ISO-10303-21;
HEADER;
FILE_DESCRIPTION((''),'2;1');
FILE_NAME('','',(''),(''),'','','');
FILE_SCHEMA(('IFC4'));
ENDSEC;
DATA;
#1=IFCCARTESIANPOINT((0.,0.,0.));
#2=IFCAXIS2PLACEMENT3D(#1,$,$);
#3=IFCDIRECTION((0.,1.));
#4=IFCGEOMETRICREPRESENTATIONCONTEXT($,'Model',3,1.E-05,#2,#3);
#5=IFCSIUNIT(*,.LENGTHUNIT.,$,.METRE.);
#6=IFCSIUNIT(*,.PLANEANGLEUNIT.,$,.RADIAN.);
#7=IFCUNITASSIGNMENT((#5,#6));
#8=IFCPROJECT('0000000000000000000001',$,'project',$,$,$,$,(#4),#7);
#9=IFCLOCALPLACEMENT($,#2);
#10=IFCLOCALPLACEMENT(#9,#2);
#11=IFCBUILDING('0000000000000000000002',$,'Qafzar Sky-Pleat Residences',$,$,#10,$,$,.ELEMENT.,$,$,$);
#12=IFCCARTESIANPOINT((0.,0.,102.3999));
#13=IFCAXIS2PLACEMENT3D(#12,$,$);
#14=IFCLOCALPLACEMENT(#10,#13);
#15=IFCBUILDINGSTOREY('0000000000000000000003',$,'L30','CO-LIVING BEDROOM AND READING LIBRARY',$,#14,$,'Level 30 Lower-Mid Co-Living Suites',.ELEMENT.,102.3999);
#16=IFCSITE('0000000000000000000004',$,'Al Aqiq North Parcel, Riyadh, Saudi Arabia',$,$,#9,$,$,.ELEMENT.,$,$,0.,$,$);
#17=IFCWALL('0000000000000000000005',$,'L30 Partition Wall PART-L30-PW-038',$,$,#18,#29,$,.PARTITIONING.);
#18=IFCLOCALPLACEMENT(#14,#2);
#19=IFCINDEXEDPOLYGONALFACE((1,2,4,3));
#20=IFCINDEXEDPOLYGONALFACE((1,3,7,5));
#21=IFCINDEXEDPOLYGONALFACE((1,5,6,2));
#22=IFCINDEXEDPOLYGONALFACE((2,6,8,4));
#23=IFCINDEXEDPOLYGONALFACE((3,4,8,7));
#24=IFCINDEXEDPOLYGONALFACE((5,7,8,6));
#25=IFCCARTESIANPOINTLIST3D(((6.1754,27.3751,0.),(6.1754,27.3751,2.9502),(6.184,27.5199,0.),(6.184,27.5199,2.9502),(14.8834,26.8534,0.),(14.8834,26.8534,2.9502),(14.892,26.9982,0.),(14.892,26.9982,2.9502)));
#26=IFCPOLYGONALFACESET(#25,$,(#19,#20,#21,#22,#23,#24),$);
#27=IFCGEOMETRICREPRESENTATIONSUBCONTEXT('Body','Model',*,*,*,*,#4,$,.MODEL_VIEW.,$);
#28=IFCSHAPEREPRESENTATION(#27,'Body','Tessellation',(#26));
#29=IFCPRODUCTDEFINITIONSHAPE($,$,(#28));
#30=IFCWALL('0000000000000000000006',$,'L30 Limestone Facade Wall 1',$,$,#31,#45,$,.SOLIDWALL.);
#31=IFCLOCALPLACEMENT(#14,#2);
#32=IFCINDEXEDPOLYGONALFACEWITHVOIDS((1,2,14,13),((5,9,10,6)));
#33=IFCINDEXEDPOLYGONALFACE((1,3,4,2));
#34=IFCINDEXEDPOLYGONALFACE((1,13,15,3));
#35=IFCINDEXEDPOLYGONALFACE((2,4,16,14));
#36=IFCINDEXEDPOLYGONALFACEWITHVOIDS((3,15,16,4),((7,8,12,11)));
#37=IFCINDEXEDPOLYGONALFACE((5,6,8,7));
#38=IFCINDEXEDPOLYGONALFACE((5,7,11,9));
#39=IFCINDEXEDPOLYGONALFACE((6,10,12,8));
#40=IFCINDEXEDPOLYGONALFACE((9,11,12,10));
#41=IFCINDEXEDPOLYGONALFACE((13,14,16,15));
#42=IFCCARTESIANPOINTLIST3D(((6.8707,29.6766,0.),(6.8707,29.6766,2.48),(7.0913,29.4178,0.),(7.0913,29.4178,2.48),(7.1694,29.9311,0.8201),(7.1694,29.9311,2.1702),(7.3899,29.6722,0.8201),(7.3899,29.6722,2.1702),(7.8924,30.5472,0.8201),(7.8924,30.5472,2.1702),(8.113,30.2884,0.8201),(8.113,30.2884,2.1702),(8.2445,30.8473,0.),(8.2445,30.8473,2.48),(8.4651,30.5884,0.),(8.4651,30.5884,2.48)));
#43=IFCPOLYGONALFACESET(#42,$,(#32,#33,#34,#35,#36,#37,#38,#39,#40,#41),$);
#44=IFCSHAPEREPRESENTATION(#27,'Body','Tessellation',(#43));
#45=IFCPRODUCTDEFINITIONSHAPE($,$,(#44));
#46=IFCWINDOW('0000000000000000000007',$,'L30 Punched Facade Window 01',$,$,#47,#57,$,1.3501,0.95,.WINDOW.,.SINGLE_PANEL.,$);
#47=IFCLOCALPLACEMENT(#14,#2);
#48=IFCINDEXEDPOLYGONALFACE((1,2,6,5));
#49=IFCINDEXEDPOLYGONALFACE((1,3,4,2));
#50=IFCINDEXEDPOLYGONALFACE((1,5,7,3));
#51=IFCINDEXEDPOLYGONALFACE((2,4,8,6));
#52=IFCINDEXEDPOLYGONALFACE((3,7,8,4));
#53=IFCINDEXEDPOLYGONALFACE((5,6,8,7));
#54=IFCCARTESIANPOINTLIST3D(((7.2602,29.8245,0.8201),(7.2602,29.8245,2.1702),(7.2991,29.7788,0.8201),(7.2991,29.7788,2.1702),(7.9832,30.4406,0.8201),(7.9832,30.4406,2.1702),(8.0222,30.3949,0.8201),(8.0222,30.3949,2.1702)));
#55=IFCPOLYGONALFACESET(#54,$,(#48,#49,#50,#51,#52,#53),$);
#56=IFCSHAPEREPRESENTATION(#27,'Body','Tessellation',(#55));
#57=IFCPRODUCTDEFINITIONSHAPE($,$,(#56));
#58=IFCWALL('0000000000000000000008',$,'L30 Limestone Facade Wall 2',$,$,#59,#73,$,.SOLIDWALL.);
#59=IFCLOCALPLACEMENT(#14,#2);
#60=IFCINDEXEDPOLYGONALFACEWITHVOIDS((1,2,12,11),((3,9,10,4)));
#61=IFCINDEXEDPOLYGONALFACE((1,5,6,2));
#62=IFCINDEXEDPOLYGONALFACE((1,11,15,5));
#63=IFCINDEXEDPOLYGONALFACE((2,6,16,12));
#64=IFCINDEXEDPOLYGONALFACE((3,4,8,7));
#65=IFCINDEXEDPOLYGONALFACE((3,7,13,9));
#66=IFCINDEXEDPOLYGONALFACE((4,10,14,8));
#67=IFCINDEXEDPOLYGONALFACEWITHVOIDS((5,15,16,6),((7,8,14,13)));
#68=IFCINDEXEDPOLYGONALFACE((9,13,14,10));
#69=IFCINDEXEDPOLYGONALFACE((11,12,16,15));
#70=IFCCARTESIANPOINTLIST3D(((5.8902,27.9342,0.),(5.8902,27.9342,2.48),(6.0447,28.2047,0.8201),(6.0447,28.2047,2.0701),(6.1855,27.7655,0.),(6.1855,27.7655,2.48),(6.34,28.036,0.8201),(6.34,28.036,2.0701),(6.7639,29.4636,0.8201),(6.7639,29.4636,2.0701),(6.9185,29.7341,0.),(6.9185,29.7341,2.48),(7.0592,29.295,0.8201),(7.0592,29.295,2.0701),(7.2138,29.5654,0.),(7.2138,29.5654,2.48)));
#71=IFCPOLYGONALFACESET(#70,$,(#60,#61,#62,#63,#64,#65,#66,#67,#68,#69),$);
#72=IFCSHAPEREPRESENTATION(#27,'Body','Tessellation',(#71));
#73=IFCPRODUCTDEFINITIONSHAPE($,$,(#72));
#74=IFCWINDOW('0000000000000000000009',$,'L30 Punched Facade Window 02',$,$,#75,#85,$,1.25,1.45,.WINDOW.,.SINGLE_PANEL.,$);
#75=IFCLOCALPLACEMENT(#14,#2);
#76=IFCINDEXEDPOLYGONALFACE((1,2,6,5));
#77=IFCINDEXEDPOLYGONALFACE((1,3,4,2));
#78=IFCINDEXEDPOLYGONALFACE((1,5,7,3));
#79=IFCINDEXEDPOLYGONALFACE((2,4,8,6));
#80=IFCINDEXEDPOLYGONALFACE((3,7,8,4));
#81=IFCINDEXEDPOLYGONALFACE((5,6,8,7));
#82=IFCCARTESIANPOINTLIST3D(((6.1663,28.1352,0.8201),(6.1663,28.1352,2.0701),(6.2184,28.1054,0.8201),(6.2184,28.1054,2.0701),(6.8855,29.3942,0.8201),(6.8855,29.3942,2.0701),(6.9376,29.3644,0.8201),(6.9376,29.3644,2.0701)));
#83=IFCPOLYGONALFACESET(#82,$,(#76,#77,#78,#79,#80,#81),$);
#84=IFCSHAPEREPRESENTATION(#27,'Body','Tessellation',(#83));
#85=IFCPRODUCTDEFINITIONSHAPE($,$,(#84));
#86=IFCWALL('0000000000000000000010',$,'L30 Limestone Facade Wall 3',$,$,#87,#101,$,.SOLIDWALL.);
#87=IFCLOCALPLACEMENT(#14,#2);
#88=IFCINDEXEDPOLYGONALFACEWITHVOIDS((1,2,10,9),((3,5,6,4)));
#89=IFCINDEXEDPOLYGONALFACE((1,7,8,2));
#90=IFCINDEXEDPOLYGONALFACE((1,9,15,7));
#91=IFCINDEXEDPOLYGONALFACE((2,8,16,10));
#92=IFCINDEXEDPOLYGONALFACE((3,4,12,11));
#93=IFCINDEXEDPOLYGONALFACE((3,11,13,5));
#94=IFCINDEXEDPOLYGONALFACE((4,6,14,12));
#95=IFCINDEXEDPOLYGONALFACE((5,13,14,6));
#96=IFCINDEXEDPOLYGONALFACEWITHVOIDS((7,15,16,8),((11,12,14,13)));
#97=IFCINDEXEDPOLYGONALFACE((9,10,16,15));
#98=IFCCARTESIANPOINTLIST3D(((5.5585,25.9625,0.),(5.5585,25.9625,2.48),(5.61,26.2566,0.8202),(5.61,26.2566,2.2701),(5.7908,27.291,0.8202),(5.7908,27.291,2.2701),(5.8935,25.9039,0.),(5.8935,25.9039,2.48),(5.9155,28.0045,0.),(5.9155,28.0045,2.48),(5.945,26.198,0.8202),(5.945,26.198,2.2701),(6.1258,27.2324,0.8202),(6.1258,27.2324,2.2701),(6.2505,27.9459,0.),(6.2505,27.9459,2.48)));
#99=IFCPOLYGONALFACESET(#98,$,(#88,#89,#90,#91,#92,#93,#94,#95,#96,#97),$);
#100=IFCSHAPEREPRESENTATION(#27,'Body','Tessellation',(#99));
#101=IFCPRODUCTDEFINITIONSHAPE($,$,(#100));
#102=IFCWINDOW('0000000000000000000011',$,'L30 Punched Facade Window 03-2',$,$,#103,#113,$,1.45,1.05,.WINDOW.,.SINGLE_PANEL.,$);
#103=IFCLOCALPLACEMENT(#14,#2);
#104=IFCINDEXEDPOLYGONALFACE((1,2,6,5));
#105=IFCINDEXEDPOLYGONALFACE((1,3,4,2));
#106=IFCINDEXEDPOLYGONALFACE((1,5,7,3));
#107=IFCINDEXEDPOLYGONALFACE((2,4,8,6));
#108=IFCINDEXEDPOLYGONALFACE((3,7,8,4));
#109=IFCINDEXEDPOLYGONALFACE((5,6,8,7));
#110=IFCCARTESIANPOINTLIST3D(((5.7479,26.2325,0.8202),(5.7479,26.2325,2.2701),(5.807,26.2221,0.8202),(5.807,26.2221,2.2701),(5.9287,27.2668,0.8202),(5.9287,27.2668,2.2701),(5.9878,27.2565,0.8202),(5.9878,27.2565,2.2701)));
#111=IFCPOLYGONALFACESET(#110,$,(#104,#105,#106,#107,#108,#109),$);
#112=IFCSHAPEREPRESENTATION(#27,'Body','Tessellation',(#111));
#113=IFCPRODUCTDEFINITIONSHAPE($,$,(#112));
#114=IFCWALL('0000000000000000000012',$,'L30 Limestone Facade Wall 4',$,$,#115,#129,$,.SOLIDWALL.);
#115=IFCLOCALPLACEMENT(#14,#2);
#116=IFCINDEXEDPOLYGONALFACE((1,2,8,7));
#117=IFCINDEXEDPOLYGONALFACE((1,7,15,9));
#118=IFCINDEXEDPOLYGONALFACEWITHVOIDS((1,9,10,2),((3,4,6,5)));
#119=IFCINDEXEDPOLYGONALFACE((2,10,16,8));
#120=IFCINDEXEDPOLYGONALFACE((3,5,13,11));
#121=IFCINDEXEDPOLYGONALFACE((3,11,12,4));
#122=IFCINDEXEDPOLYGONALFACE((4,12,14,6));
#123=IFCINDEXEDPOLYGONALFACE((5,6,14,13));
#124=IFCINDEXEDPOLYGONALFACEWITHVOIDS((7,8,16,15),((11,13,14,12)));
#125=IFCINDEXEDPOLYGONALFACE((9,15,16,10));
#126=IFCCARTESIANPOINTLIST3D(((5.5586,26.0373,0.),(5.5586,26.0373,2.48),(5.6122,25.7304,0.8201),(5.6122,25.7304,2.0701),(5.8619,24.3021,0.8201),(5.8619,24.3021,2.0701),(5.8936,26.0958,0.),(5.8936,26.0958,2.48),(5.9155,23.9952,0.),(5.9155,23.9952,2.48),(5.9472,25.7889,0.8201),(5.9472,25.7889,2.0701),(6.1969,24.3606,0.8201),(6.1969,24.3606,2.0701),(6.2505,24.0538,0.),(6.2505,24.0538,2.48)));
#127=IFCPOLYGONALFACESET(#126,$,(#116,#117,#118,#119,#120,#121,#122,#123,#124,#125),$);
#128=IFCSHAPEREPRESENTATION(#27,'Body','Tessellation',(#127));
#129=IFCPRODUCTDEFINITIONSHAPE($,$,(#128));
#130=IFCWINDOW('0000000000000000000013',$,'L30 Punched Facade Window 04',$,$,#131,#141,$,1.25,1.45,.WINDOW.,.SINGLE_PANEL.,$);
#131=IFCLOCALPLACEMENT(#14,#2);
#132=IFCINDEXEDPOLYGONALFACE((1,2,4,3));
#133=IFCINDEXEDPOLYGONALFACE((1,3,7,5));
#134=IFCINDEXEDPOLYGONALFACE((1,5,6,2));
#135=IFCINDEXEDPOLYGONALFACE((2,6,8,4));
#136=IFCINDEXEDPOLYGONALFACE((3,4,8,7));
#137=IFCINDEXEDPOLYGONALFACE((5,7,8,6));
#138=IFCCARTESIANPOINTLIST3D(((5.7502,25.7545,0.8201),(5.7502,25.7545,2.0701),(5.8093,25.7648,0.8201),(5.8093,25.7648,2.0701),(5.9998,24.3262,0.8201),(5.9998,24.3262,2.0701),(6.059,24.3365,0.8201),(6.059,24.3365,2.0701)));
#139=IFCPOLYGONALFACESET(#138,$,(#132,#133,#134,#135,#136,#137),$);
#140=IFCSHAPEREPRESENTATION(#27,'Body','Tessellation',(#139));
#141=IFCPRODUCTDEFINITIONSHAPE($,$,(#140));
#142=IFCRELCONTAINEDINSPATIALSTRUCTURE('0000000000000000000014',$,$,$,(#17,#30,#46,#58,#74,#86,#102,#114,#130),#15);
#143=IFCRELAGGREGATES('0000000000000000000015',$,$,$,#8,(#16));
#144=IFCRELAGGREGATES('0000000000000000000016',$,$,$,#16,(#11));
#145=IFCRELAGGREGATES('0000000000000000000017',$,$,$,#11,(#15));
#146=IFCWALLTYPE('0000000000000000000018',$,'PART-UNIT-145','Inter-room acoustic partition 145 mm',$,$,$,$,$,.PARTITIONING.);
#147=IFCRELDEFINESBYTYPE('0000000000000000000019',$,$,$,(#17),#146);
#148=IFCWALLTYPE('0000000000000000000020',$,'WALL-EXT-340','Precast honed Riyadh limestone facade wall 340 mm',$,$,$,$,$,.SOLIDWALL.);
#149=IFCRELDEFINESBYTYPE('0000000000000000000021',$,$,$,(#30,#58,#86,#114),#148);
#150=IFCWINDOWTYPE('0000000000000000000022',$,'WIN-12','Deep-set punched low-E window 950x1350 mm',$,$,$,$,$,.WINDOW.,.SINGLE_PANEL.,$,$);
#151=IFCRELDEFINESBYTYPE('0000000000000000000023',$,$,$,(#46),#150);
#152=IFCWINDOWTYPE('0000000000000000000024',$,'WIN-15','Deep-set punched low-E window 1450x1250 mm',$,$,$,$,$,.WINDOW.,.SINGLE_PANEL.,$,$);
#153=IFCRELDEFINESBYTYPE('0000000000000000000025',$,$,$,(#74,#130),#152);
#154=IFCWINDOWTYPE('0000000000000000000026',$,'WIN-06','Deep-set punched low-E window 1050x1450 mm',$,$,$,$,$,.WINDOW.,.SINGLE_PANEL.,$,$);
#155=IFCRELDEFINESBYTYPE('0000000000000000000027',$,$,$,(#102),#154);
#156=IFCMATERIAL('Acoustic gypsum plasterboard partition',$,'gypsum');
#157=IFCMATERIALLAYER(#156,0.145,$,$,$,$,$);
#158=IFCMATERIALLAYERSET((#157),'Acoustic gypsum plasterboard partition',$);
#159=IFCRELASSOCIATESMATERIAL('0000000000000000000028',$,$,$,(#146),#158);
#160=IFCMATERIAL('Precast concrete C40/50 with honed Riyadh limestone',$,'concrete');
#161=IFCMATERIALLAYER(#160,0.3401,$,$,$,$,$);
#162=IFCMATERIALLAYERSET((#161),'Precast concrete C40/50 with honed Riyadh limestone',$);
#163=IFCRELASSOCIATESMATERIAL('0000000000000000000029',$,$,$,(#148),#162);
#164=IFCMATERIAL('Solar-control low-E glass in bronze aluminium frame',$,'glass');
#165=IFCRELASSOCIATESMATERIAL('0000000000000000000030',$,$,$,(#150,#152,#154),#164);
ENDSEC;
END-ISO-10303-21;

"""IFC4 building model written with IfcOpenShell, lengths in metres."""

from ifc_helpers import new_model, si_unit, direction, frame, frame_2d, origin, place, context, subcontext, project, spatial, rectangle, extrude, source, transform, mapped, material, layer, layer_set, type_object, element, fill, save


model = new_model("IFC4")

# Units and contexts
model_context = context("Model", 3, precision=1e-05, world=origin(), true_north=direction((0.0, 1.0)))
body_context = subcontext(model_context, "Body", "Model", "MODEL_VIEW")
ifc_project = project(units=[si_unit("LENGTHUNIT", "METRE"), si_unit("PLANEANGLEUNIT", "RADIAN")], contexts=[model_context])

# Site, building, storey
site_placement = place(None, origin())
site = spatial("IfcSite", under=ifc_project, at=site_placement, Name="Al Aqiq North Parcel, Riyadh, Saudi Arabia", CompositionType="ELEMENT", RefElevation=0.0)
building_placement = place(site_placement, origin())
building = spatial("IfcBuilding", under=site, at=building_placement, Name="Qafzar Sky-Pleat Residences", CompositionType="ELEMENT")
storey_placement = place(building_placement, frame((0.0, 0.0, 102.3999)))
storey = spatial("IfcBuildingStorey", under=building, at=storey_placement, Name="L30", Description="CO-LIVING BEDROOM AND READING LIBRARY", LongName="Level 30 Lower-Mid Co-Living Suites", CompositionType="ELEMENT", Elevation=102.3999)

# Wall
ifc_material_1 = material(Name="Acoustic gypsum plasterboard partition", Category="gypsum")
ifc_layer_1 = layer(ifc_material_1, 0.145)
ifc_layer_set_1 = layer_set([ifc_layer_1], Name="Acoustic gypsum plasterboard partition")
wall_type_1 = type_object("IfcWallType", Name="PART-UNIT-145", Description="Inter-room acoustic partition 145 mm", PredefinedType="PARTITIONING", material=ifc_layer_set_1)
wall_1_placement = place(storey_placement, frame((6.1797, 27.4475, 0.0), z_axis=(0.0, 0.0, 1.0), x_axis=(0.99821, -0.059806, 0.0)))
element("IfcWall", 1, at=wall_1_placement, inside=storey, type_object=wall_type_1, Name="L30 Partition Wall PART-L30-PW-038", PredefinedType="PARTITIONING", context=body_context, shape_type="SweptSolid", body=[
    extrude(rectangle(XDim=8.7236, YDim=0.145, at=frame_2d((4.3618, 0.0))), origin(), (0.0, 0.0, 1.0), 2.9502),
])

# Walls, openings, windows
ifc_material_2 = material(Name="Precast concrete C40/50 with honed Riyadh limestone", Category="concrete")
ifc_layer_2 = layer(ifc_material_2, 0.3401)
ifc_layer_set_2 = layer_set([ifc_layer_2], Name="Precast concrete C40/50 with honed Riyadh limestone")
wall_type_2 = type_object("IfcWallType", Name="WALL-EXT-340", Description="Precast honed Riyadh limestone facade wall 340 mm", PredefinedType="SOLIDWALL", material=ifc_layer_set_2)
wall_2_placement = place(storey_placement, frame((8.3547, 30.7178, 0.0), z_axis=(0.0, 0.0, 1.0), x_axis=(-0.761134, -0.648594, 0.0)))
wall_2 = element("IfcWall", 2, at=wall_2_placement, inside=storey, type_object=wall_type_2, Name="L30 Limestone Facade Wall 1", PredefinedType="SOLIDWALL", context=body_context, shape_type="SweptSolid", body=[
    extrude(rectangle(XDim=1.8049, YDim=0.3401, at=frame_2d((0.9023, 0.0))), origin(), (0.0, 0.0, 1.0), 2.48),
])
opening_1_placement = place(wall_2_placement, frame((0.4624, 0.0, 0.8201)))
opening_1 = element("IfcOpeningElement", 3, at=opening_1_placement, cuts=wall_2, PredefinedType="OPENING", context=body_context, shape_type="SweptSolid", body=[
    extrude(rectangle(XDim=0.95, YDim=1.3501, at=frame_2d((0.4751, 0.675))), frame((0.0, 0.1802, 0.0), z_axis=(0.0, -1.0, 0.0), x_axis=(1.0, 0.0, 0.0)), (0.0, 0.0, 1.0), 0.3601),
])
ifc_material_3 = material(Name="Solar-control low-E glass in bronze aluminium frame", Category="glass")
window_type_1 = type_object("IfcWindowType", Name="WIN-12", Description="Deep-set punched low-E window 950x1350 mm", PartitioningType="SINGLE_PANEL", PredefinedType="WINDOW", material=ifc_material_3)
shared_shape_1 = source(origin(), body_context, "Body", "SweptSolid", [
    extrude(rectangle(XDim=0.95, YDim=1.3501, at=frame_2d((0.4751, 0.675))), frame((0.0, 0.03, 0.0), z_axis=(0.0, -1.0, 0.0), x_axis=(1.0, 0.0, 0.0)), (0.0, 0.0, 1.0), 0.0601),
])
window_1_placement = place(opening_1_placement, origin())
window_1 = element("IfcWindow", 4, at=window_1_placement, inside=storey, type_object=window_type_1, Name="L30 Punched Facade Window 01", OverallHeight=1.3501, OverallWidth=0.95, PartitioningType="SINGLE_PANEL", PredefinedType="WINDOW", context=body_context, shape_type="MappedRepresentation", body=[
    mapped(shared_shape_1, transform((0.0, 0.0, 0.0), x_axis=(1.0, 0.0, 0.0), y_axis=(0.0, 1.0, 0.0), z_axis=(0.0, 0.0, 1.0), scale=1.0)),
])
fill(opening_1, window_1)
wall_3_placement = place(storey_placement, frame((7.0662, 29.6499, 0.0), z_axis=(0.0, 0.0, 1.0), x_axis=(-0.496037, -0.868301, 0.0)))
wall_3 = element("IfcWall", 5, at=wall_3_placement, inside=storey, type_object=wall_type_2, Name="L30 Limestone Facade Wall 2", PredefinedType="SOLIDWALL", context=body_context, shape_type="SweptSolid", body=[
    extrude(rectangle(XDim=2.073, YDim=0.3401, at=frame_2d((1.0366, 0.0))), origin(), (0.0, 0.0, 1.0), 2.48),
])
opening_2_placement = place(wall_3_placement, frame((0.3115, 0.0, 0.8201)))
opening_2 = element("IfcOpeningElement", 6, at=opening_2_placement, cuts=wall_3, PredefinedType="OPENING", context=body_context, shape_type="SweptSolid", body=[
    extrude(rectangle(XDim=1.45, YDim=1.25, at=frame_2d((0.7251, 0.625))), frame((0.0, 0.1802, 0.0), z_axis=(0.0, -1.0, 0.0), x_axis=(1.0, 0.0, 0.0)), (0.0, 0.0, 1.0), 0.3601),
])
window_type_2 = type_object("IfcWindowType", Name="WIN-15", Description="Deep-set punched low-E window 1450x1250 mm", PartitioningType="SINGLE_PANEL", PredefinedType="WINDOW", material=ifc_material_3)
shared_shape_2 = source(origin(), body_context, "Body", "SweptSolid", [
    extrude(rectangle(XDim=1.45, YDim=1.25, at=frame_2d((0.7251, 0.625))), frame((0.0, 0.03, 0.0), z_axis=(0.0, -1.0, 0.0), x_axis=(1.0, 0.0, 0.0)), (0.0, 0.0, 1.0), 0.0601),
])
window_2_placement = place(opening_2_placement, origin())
window_2 = element("IfcWindow", 7, at=window_2_placement, inside=storey, type_object=window_type_2, Name="L30 Punched Facade Window 02", OverallHeight=1.25, OverallWidth=1.45, PartitioningType="SINGLE_PANEL", PredefinedType="WINDOW", context=body_context, shape_type="MappedRepresentation", body=[
    mapped(shared_shape_2, transform((0.0, 0.0, 0.0), x_axis=(1.0, 0.0, 0.0), y_axis=(0.0, 1.0, 0.0), z_axis=(0.0, 0.0, 1.0), scale=1.0)),
])
fill(opening_2, window_2)
wall_4_placement = place(storey_placement, frame((6.083, 27.9753, 0.0), z_axis=(0.0, 0.0, 1.0), x_axis=(-0.172186, -0.985064, 0.0)))
wall_4 = element("IfcWall", 8, at=wall_4_placement, inside=storey, type_object=wall_type_2, Name="L30 Limestone Facade Wall 3", PredefinedType="SOLIDWALL", context=body_context, shape_type="SweptSolid", body=[
    extrude(rectangle(XDim=2.073, YDim=0.3401, at=frame_2d((1.0366, 0.0))), origin(), (0.0, 0.0, 1.0), 2.48),
])
opening_3_placement = place(wall_4_placement, frame((0.7246, 0.0, 0.8201)))
opening_3 = element("IfcOpeningElement", 9, at=opening_3_placement, cuts=wall_4, PredefinedType="OPENING", context=body_context, shape_type="SweptSolid", body=[
    extrude(rectangle(XDim=1.05, YDim=1.45, at=frame_2d((0.5249, 0.7251))), frame((0.0, 0.1802, 0.0), z_axis=(0.0, -1.0, 0.0), x_axis=(1.0, 0.0, 0.0)), (0.0, 0.0, 1.0), 0.3601),
])
window_type_3 = type_object("IfcWindowType", Name="WIN-06", Description="Deep-set punched low-E window 1050x1450 mm", PartitioningType="SINGLE_PANEL", PredefinedType="WINDOW", material=ifc_material_3)
shared_shape_3 = source(origin(), body_context, "Body", "SweptSolid", [
    extrude(rectangle(XDim=1.05, YDim=1.45, at=frame_2d((0.5249, 0.7251))), frame((0.0, 0.03, 0.0), z_axis=(0.0, -1.0, 0.0), x_axis=(1.0, 0.0, 0.0)), (0.0, 0.0, 1.0), 0.0601),
])
window_3_placement = place(opening_3_placement, origin())
window_3 = element("IfcWindow", 10, at=window_3_placement, inside=storey, type_object=window_type_3, Name="L30 Punched Facade Window 03-2", OverallHeight=1.45, OverallWidth=1.05, PartitioningType="SINGLE_PANEL", PredefinedType="WINDOW", context=body_context, shape_type="MappedRepresentation", body=[
    mapped(shared_shape_3, transform((0.0, 0.0, 0.0), x_axis=(1.0, 0.0, 0.0), y_axis=(0.0, 1.0, 0.0), z_axis=(0.0, 0.0, 1.0), scale=1.0)),
])
fill(opening_3, window_3)
wall_5_placement = place(storey_placement, frame((5.7261, 26.0667, 0.0), z_axis=(0.0, 0.0, 1.0), x_axis=(0.172186, -0.985064, 0.0)))
wall_5 = element("IfcWall", 11, at=wall_5_placement, inside=storey, type_object=wall_type_2, Name="L30 Limestone Facade Wall 4", PredefinedType="SOLIDWALL", context=body_context, shape_type="SweptSolid", body=[
    extrude(rectangle(XDim=2.073, YDim=0.3401, at=frame_2d((1.0366, 0.0))), origin(), (0.0, 0.0, 1.0), 2.48),
])
opening_4_placement = place(wall_5_placement, frame((0.3115, 0.0, 0.8201)))
opening_4 = element("IfcOpeningElement", 12, at=opening_4_placement, cuts=wall_5, PredefinedType="OPENING", context=body_context, shape_type="SweptSolid", body=[
    extrude(rectangle(XDim=1.45, YDim=1.25, at=frame_2d((0.7251, 0.625))), frame((0.0, 0.1802, 0.0), z_axis=(0.0, -1.0, 0.0), x_axis=(1.0, 0.0, 0.0)), (0.0, 0.0, 1.0), 0.3601),
])
window_4_placement = place(opening_4_placement, origin())
window_4 = element("IfcWindow", 13, at=window_4_placement, inside=storey, type_object=window_type_2, Name="L30 Punched Facade Window 04", OverallHeight=1.25, OverallWidth=1.45, PartitioningType="SINGLE_PANEL", PredefinedType="WINDOW", context=body_context, shape_type="MappedRepresentation", body=[
    mapped(shared_shape_2, transform((0.0, 0.0, 0.0), x_axis=(1.0, 0.0, 0.0), y_axis=(0.0, 1.0, 0.0), z_axis=(0.0, 0.0, 1.0), scale=1.0)),
])
fill(opening_4, window_4)

save(model, "model.ifc")
